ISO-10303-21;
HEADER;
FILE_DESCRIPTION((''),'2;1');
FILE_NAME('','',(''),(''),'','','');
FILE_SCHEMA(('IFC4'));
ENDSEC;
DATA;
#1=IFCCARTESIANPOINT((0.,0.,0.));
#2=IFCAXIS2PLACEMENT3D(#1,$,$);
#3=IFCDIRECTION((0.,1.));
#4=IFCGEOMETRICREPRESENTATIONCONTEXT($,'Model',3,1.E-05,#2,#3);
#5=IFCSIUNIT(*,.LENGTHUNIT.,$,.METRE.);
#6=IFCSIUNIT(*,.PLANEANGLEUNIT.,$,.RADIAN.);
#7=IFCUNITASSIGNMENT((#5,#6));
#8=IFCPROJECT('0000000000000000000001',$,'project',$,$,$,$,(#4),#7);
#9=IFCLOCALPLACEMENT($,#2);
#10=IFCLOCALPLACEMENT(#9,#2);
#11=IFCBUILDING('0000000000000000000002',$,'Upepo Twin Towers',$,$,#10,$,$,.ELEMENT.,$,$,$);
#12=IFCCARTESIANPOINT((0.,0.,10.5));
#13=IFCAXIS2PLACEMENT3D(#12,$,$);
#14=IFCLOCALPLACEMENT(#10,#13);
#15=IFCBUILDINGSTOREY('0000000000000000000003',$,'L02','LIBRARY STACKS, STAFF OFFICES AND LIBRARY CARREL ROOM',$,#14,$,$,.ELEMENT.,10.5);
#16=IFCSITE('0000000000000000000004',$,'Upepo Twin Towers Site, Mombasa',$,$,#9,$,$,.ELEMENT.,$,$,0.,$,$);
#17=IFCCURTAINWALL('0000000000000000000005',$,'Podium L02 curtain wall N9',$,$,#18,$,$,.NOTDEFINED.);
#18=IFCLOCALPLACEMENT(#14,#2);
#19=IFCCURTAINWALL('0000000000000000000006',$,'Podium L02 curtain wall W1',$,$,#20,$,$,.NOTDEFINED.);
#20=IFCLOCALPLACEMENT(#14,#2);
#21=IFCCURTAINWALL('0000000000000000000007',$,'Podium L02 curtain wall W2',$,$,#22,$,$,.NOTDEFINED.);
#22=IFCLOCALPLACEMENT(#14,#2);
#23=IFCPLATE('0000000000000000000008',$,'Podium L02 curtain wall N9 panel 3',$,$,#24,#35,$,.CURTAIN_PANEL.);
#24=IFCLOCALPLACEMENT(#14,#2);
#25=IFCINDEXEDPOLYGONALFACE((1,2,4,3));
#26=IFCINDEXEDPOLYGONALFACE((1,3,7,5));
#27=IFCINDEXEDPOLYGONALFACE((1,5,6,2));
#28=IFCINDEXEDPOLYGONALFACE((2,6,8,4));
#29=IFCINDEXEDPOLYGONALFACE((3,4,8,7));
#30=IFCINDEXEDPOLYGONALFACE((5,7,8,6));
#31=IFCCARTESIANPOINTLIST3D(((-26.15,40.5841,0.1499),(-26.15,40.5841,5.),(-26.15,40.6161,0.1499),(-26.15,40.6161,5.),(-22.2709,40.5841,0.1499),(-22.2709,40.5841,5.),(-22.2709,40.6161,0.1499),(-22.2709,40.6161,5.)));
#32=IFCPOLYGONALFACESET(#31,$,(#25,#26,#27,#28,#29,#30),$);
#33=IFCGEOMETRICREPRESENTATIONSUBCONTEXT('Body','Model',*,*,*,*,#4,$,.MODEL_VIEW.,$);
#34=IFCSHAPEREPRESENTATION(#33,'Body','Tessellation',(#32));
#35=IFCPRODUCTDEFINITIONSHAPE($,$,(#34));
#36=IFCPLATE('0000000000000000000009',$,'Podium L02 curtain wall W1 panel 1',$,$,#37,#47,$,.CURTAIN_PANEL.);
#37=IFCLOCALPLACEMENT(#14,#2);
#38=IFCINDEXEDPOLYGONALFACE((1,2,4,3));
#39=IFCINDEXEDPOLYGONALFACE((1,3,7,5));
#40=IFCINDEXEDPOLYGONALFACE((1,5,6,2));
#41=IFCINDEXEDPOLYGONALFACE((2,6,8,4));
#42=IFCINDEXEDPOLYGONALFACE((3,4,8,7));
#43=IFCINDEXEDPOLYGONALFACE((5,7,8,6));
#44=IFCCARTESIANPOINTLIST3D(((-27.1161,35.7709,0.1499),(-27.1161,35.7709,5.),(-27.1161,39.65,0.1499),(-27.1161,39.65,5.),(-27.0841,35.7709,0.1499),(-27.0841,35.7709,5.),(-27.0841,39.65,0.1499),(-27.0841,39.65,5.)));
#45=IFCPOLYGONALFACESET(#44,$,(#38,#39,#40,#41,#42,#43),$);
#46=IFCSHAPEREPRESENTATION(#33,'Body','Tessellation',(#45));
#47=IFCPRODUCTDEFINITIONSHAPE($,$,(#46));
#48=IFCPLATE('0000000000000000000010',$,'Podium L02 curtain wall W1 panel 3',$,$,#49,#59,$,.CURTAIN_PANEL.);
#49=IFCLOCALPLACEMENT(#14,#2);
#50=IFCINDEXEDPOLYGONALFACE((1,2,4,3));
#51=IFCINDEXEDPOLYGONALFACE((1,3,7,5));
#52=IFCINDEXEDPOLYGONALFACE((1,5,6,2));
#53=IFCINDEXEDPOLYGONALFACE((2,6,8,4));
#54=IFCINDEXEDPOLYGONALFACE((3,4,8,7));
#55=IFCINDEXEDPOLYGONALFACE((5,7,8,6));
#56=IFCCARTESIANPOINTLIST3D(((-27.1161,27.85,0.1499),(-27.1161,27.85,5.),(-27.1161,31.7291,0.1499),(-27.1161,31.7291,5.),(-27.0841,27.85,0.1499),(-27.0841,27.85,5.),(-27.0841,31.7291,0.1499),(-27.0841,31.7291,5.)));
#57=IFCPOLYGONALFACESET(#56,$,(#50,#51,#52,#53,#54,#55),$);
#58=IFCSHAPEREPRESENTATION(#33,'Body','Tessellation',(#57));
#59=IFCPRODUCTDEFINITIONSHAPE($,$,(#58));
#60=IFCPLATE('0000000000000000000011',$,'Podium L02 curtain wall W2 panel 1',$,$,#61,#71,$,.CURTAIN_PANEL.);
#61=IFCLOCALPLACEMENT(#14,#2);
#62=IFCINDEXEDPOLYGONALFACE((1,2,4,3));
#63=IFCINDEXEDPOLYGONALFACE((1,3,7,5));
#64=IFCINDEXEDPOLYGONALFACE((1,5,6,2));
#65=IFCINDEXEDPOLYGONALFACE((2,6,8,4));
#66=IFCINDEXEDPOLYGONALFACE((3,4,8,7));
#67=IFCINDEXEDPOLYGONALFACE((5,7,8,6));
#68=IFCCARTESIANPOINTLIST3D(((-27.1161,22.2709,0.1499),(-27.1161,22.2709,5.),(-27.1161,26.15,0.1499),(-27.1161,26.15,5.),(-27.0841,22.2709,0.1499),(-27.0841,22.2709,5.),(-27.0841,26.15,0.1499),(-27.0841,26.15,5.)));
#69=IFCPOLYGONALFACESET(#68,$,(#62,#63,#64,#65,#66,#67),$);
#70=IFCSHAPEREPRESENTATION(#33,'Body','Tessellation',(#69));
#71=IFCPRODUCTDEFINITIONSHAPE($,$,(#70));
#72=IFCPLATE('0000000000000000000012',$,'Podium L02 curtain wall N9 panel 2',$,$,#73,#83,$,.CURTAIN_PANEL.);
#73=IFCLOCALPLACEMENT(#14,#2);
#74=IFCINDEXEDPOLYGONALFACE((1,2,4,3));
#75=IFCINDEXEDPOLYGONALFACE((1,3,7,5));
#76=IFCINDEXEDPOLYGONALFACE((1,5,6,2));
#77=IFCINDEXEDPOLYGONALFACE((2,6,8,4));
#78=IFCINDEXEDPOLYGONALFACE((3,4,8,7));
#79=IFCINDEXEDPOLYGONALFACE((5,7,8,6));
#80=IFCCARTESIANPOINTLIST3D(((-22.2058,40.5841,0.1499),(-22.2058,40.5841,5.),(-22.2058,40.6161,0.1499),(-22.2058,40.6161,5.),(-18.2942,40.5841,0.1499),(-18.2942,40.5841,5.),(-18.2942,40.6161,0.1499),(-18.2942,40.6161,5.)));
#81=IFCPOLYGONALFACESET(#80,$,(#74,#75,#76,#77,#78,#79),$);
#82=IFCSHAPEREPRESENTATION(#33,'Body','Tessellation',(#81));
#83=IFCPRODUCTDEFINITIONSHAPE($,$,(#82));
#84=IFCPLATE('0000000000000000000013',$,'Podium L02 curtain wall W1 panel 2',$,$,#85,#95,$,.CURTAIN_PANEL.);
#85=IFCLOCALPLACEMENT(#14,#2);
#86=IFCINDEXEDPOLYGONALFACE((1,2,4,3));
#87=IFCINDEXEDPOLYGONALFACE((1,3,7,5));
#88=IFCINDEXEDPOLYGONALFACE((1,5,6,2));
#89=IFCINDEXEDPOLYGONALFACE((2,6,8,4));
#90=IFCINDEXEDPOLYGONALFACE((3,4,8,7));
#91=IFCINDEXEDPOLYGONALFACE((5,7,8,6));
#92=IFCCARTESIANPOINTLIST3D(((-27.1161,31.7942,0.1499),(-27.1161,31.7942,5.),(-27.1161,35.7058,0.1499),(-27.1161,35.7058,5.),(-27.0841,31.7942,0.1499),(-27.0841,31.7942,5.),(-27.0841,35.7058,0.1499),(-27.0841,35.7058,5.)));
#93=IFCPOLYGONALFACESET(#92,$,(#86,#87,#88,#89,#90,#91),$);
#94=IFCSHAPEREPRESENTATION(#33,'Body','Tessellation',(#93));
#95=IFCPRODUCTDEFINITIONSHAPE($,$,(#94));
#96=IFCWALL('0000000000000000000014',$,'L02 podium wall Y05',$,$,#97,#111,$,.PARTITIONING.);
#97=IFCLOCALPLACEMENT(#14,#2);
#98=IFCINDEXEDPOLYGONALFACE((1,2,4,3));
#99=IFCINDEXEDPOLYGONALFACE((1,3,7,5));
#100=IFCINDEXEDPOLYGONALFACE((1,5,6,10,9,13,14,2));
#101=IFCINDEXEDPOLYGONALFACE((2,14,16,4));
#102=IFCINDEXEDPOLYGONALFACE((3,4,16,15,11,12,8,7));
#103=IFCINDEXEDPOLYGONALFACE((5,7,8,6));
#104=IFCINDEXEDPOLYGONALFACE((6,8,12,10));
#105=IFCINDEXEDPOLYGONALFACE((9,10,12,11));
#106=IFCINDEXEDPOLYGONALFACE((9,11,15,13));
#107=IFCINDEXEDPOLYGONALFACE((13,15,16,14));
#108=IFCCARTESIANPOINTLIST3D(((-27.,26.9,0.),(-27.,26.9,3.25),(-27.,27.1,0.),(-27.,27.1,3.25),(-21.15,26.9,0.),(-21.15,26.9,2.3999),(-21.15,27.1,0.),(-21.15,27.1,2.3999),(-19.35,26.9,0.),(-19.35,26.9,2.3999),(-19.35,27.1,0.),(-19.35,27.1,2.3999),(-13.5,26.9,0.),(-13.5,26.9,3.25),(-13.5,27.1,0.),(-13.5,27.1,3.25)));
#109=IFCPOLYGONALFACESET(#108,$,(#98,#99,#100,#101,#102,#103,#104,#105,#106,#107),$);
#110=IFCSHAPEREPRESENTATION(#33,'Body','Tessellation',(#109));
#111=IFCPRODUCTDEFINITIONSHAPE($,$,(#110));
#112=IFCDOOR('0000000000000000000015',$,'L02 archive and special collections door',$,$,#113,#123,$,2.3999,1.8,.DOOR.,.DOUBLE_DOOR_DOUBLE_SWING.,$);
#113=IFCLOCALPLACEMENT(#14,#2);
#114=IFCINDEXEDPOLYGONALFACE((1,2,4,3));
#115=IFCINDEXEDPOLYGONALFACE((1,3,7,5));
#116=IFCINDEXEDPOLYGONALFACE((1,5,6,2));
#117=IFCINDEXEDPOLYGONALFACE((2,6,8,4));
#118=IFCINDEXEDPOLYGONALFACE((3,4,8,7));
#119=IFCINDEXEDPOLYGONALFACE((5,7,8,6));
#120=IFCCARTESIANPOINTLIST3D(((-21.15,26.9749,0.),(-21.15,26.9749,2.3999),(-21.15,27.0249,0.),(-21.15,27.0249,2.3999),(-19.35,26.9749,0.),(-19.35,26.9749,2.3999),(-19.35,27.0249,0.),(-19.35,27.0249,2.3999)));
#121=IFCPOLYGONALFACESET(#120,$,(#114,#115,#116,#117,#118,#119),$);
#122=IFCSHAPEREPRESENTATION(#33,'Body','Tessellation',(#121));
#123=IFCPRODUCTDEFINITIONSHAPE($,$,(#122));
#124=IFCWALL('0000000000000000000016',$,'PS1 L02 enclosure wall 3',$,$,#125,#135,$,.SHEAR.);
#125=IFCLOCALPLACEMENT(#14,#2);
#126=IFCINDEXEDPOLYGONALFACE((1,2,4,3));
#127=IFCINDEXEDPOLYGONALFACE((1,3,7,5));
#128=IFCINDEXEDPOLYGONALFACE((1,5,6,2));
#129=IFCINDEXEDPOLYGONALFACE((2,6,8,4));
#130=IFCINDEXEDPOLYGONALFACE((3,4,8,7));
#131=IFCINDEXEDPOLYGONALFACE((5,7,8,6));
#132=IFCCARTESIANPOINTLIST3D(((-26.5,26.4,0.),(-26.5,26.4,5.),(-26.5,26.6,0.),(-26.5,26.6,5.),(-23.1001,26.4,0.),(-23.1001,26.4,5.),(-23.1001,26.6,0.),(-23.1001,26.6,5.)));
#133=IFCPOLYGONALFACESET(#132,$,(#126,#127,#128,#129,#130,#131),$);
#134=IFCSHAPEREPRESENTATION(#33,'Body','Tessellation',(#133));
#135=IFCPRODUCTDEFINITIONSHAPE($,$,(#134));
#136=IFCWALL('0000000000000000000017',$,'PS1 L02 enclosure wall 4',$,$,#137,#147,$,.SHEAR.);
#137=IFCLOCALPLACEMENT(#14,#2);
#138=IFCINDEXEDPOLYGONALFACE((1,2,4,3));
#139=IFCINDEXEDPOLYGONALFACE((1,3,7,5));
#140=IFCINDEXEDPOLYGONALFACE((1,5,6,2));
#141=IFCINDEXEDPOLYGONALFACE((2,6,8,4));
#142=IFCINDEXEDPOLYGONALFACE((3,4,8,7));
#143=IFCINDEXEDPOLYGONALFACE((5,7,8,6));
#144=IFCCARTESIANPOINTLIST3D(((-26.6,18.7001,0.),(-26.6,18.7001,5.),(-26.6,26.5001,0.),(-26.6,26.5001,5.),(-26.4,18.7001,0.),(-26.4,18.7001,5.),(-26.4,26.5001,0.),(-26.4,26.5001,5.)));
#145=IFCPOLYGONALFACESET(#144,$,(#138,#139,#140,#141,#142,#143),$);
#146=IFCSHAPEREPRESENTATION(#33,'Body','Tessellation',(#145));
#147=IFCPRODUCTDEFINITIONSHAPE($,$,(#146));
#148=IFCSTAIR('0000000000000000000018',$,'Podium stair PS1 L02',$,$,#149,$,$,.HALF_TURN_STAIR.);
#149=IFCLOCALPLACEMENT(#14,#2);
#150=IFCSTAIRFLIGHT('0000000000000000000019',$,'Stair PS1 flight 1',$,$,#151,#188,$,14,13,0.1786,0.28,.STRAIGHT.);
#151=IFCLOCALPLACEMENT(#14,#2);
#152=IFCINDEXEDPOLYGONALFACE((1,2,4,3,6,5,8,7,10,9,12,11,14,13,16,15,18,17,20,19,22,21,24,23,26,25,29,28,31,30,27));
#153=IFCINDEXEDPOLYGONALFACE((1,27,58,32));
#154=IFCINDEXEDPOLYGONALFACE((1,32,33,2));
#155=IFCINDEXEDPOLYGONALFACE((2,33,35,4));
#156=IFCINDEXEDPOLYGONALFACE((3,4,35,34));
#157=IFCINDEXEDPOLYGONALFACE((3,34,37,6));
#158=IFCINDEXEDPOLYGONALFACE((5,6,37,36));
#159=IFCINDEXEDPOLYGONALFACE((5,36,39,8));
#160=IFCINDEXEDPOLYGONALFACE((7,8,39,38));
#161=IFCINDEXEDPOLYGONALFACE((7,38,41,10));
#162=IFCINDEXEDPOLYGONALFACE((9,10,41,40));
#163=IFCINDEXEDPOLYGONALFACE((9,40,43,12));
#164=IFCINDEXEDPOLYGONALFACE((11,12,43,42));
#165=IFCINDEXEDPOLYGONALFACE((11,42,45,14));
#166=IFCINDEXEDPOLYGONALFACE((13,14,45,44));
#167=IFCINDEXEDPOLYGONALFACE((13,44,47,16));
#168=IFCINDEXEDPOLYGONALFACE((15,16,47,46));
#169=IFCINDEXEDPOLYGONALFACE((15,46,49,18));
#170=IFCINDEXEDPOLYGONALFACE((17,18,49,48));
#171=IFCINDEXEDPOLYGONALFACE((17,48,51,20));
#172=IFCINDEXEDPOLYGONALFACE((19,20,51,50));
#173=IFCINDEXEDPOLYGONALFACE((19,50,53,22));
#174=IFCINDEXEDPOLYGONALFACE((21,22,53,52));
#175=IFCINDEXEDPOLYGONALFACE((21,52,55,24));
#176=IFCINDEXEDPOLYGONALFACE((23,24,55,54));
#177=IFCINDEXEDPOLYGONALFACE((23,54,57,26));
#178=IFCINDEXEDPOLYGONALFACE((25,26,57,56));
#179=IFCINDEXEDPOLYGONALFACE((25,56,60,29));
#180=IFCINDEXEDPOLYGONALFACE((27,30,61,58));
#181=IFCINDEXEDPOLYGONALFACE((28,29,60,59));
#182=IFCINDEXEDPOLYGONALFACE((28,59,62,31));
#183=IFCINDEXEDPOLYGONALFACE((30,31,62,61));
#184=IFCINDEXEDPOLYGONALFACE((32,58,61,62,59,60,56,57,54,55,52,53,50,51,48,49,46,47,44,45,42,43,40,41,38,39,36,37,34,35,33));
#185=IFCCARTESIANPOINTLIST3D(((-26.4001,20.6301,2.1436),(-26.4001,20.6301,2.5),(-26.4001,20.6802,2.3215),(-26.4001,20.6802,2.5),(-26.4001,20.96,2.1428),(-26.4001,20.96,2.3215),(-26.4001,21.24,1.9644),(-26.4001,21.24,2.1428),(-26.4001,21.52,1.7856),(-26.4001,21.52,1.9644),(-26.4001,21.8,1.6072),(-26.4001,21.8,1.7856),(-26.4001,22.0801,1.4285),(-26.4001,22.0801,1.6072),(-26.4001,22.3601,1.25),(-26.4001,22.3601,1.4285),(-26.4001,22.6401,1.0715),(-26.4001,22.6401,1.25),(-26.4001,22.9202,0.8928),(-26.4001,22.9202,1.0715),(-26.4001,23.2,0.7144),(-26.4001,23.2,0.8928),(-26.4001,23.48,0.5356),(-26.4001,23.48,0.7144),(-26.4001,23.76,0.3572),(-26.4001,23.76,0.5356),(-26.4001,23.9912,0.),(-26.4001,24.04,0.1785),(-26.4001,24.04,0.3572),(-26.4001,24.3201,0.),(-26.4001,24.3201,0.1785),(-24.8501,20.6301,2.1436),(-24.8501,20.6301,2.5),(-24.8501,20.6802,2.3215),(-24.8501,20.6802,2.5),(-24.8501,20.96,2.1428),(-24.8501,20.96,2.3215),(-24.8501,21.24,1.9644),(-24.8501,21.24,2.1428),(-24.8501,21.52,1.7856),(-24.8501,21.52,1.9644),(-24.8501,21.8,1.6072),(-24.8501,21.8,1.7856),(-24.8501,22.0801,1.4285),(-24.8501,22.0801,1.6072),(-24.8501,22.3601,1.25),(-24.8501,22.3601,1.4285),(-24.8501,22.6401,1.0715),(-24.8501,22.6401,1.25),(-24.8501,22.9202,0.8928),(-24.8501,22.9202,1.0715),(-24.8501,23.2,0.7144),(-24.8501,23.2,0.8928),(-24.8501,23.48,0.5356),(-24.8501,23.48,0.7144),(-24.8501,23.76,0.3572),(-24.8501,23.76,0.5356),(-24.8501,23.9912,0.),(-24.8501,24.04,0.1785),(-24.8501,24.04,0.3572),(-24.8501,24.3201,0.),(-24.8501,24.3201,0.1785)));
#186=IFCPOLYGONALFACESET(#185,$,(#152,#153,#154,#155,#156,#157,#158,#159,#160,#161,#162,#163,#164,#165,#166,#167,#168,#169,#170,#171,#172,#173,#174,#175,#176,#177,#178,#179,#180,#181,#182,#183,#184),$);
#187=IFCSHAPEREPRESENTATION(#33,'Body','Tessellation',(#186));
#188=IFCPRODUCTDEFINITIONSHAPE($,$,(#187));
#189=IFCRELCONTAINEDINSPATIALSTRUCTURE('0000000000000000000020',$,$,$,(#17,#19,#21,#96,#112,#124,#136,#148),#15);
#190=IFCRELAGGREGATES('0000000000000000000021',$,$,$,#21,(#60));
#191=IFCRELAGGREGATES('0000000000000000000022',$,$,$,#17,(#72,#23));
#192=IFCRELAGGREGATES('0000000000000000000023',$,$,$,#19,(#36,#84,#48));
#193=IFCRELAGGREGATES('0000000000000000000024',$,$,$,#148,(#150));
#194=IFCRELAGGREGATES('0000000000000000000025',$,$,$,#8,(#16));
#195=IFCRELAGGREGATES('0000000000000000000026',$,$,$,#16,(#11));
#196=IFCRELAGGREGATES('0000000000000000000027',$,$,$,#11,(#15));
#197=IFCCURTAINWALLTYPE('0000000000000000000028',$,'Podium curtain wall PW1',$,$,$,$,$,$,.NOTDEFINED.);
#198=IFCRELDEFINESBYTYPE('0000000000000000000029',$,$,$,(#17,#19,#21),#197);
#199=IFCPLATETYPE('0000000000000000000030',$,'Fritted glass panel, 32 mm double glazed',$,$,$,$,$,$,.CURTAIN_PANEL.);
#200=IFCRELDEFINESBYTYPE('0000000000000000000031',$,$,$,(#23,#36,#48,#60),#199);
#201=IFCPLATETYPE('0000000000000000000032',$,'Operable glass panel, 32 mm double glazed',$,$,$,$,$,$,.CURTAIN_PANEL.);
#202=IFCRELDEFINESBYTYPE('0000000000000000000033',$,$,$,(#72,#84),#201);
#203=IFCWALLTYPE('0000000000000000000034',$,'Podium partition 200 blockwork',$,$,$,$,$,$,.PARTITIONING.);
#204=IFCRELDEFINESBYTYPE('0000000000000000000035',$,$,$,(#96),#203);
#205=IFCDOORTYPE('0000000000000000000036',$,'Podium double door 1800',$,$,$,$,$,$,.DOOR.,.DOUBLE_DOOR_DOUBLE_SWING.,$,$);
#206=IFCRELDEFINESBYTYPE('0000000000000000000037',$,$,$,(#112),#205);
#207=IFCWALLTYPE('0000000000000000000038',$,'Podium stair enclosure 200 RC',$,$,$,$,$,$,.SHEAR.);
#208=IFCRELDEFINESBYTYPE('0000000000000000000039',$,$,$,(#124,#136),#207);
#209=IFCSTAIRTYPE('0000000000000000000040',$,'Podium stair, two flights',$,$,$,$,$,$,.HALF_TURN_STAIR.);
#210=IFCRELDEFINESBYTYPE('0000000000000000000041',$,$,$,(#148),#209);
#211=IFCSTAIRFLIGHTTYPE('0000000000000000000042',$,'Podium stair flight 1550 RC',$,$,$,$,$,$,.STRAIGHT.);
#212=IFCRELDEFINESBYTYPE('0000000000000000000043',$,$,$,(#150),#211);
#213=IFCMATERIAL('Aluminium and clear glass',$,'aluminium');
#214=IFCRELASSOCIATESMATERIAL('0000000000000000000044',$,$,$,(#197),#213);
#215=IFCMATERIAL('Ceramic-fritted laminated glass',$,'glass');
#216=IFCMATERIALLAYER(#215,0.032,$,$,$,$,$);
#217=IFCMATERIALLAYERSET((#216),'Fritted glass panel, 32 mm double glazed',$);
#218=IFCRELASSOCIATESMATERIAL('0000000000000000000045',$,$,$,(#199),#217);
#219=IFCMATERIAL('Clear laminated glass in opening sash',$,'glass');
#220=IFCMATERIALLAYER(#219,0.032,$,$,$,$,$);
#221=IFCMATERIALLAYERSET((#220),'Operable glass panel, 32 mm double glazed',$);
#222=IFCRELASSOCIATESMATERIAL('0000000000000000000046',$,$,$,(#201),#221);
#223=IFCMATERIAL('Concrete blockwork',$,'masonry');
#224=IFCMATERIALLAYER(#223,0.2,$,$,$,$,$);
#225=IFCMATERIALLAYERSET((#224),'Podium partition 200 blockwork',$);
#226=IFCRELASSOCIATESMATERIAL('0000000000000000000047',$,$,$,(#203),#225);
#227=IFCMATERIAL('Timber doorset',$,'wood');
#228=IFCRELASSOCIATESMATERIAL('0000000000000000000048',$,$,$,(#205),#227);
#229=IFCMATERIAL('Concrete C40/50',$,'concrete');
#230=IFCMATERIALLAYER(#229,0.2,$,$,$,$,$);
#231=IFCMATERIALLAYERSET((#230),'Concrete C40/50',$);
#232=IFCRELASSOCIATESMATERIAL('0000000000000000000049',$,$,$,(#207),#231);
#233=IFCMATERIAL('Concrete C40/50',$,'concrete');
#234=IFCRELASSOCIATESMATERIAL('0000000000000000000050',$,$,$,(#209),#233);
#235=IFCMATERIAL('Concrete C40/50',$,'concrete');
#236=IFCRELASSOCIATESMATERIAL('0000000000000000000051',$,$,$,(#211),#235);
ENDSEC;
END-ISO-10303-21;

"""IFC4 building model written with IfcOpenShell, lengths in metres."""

from ifc_helpers import new_model, si_unit, direction, frame, frame_2d, origin, origin_2d, place, context, subcontext, project, spatial, polyline, rectangle, outline, extrude, material, layer, layer_set, type_object, element, fill, aggregate, save


model = new_model("IFC4")

# Units and contexts
model_context = context("Model", 3, precision=1e-05, world=origin(), true_north=direction((0.0, 1.0)))
body_context = subcontext(model_context, "Body", "Model", "MODEL_VIEW")
ifc_project = project(units=[si_unit("LENGTHUNIT", "METRE"), si_unit("PLANEANGLEUNIT", "RADIAN")], contexts=[model_context])

# Site, building, storey
site_placement = place(None, origin())
site = spatial("IfcSite", under=ifc_project, at=site_placement, Name="Upepo Twin Towers Site, Mombasa", CompositionType="ELEMENT", RefElevation=0.0)
building_placement = place(site_placement, origin())
building = spatial("IfcBuilding", under=site, at=building_placement, Name="Upepo Twin Towers", CompositionType="ELEMENT")
storey_placement = place(building_placement, frame((0.0, 0.0, 10.5)))
storey = spatial("IfcBuildingStorey", under=building, at=storey_placement, Name="L02", Description="LIBRARY STACKS, STAFF OFFICES AND LIBRARY CARREL ROOM", CompositionType="ELEMENT", Elevation=10.5)

# Curtain walls
ifc_material_1 = material(Name="Aluminium and clear glass", Category="aluminium")
curtain_wall_type = type_object("IfcCurtainWallType", Name="Podium curtain wall PW1", PredefinedType="NOTDEFINED", material=ifc_material_1)
curtain_wall_1_placement = place(storey_placement, origin())
curtain_wall_1 = element("IfcCurtainWall", 1, at=curtain_wall_1_placement, inside=storey, type_object=curtain_wall_type, Name="Podium L02 curtain wall N9", PredefinedType="NOTDEFINED")
curtain_wall_2_placement = place(storey_placement, origin())
curtain_wall_2 = element("IfcCurtainWall", 2, at=curtain_wall_2_placement, inside=storey, type_object=curtain_wall_type, Name="Podium L02 curtain wall W1", PredefinedType="NOTDEFINED")

# Curtain wall
curtain_wall_3_placement = place(storey_placement, origin())
curtain_wall_3 = element("IfcCurtainWall", 3, at=curtain_wall_3_placement, inside=storey, type_object=curtain_wall_type, Name="Podium L02 curtain wall W2", PredefinedType="NOTDEFINED")

# Plates
ifc_material_2 = material(Name="Ceramic-fritted laminated glass", Category="glass")
ifc_layer_1 = layer(ifc_material_2, 0.032)
ifc_layer_set_1 = layer_set([ifc_layer_1], Name="Fritted glass panel, 32 mm double glazed")
plate_type_1 = type_object("IfcPlateType", Name="Fritted glass panel, 32 mm double glazed", PredefinedType="CURTAIN_PANEL", material=ifc_layer_set_1)
plate_1_placement = place(storey_placement, frame((-24.2104, 40.6001, 0.1499), z_axis=(0.0, 0.0, 1.0), x_axis=(-1.0, 0.0, 0.0)))
plate_1 = element("IfcPlate", 4, at=plate_1_placement, type_object=plate_type_1, Name="Podium L02 curtain wall N9 panel 3", PredefinedType="CURTAIN_PANEL", context=body_context, shape_type="SweptSolid", body=[
    extrude(rectangle(XDim=3.8792, YDim=0.032, at=origin_2d()), origin(), (0.0, 0.0, 1.0), 4.8501),
])
plate_2_placement = place(storey_placement, frame((-27.1001, 37.7104, 0.1499), z_axis=(0.0, 0.0, 1.0), x_axis=(0.0, -1.0, 0.0)))
plate_2 = element("IfcPlate", 5, at=plate_2_placement, type_object=plate_type_1, Name="Podium L02 curtain wall W1 panel 1", PredefinedType="CURTAIN_PANEL", context=body_context, shape_type="SweptSolid", body=[
    extrude(rectangle(XDim=3.8792, YDim=0.032, at=origin_2d()), origin(), (0.0, 0.0, 1.0), 4.8501),
])
plate_3_placement = place(storey_placement, frame((-27.1001, 29.7896, 0.1499), z_axis=(0.0, 0.0, 1.0), x_axis=(0.0, -1.0, 0.0)))
plate_3 = element("IfcPlate", 6, at=plate_3_placement, type_object=plate_type_1, Name="Podium L02 curtain wall W1 panel 3", PredefinedType="CURTAIN_PANEL", context=body_context, shape_type="SweptSolid", body=[
    extrude(rectangle(XDim=3.8792, YDim=0.032, at=origin_2d()), origin(), (0.0, 0.0, 1.0), 4.8501),
])
plate_4_placement = place(storey_placement, frame((-27.1001, 24.2104, 0.1499), z_axis=(0.0, 0.0, 1.0), x_axis=(0.0, -1.0, 0.0)))
plate_4 = element("IfcPlate", 7, at=plate_4_placement, type_object=plate_type_1, Name="Podium L02 curtain wall W2 panel 1", PredefinedType="CURTAIN_PANEL", context=body_context, shape_type="SweptSolid", body=[
    extrude(rectangle(XDim=3.8792, YDim=0.032, at=origin_2d()), origin(), (0.0, 0.0, 1.0), 4.8501),
])
aggregate(curtain_wall_3, [plate_4])
ifc_material_3 = material(Name="Clear laminated glass in opening sash", Category="glass")
ifc_layer_2 = layer(ifc_material_3, 0.032)
ifc_layer_set_2 = layer_set([ifc_layer_2], Name="Operable glass panel, 32 mm double glazed")
plate_type_2 = type_object("IfcPlateType", Name="Operable glass panel, 32 mm double glazed", PredefinedType="CURTAIN_PANEL", material=ifc_layer_set_2)
plate_5_placement = place(storey_placement, frame((-20.25, 40.6001, 0.1499), z_axis=(0.0, 0.0, 1.0), x_axis=(-1.0, 0.0, 0.0)))
plate_5 = element("IfcPlate", 8, at=plate_5_placement, type_object=plate_type_2, Name="Podium L02 curtain wall N9 panel 2", PredefinedType="CURTAIN_PANEL", context=body_context, shape_type="SweptSolid", body=[
    extrude(rectangle(XDim=3.9116, YDim=0.032, at=origin_2d()), origin(), (0.0, 0.0, 1.0), 4.8501),
])
aggregate(curtain_wall_1, [plate_5, plate_1])
plate_6_placement = place(storey_placement, frame((-27.1001, 33.75, 0.1499), z_axis=(0.0, 0.0, 1.0), x_axis=(0.0, -1.0, 0.0)))
plate_6 = element("IfcPlate", 9, at=plate_6_placement, type_object=plate_type_2, Name="Podium L02 curtain wall W1 panel 2", PredefinedType="CURTAIN_PANEL", context=body_context, shape_type="SweptSolid", body=[
    extrude(rectangle(XDim=3.9116, YDim=0.032, at=origin_2d()), origin(), (0.0, 0.0, 1.0), 4.8501),
])
aggregate(curtain_wall_2, [plate_2, plate_6, plate_3])

# Wall, opening, door
ifc_material_4 = material(Name="Concrete blockwork", Category="masonry")
ifc_layer_3 = layer(ifc_material_4, 0.2)
ifc_layer_set_3 = layer_set([ifc_layer_3], Name="Podium partition 200 blockwork")
wall_type_1 = type_object("IfcWallType", Name="Podium partition 200 blockwork", PredefinedType="PARTITIONING", material=ifc_layer_set_3)
wall_1_placement = place(storey_placement, frame((-27.0, 27.0, 0.0), z_axis=(0.0, 0.0, 1.0), x_axis=(1.0, 0.0, 0.0)))
wall_1 = element("IfcWall", 10, at=wall_1_placement, inside=storey, type_object=wall_type_1, Name="L02 podium wall Y05", PredefinedType="PARTITIONING", context=body_context, shape_type="SweptSolid", body=[
    extrude(rectangle(XDim=13.5, YDim=0.2, at=frame_2d((6.75, 0.0))), origin(), (0.0, 0.0, 1.0), 3.25),
])
opening_placement = place(wall_1_placement, frame((5.8501, 0.0, 0.0)))
opening = element("IfcOpeningElement", 11, at=opening_placement, cuts=wall_1, PredefinedType="OPENING", context=body_context, shape_type="SweptSolid", body=[
    extrude(rectangle(XDim=1.8, YDim=2.3999, at=frame_2d((0.8999, 1.2))), frame((0.0, 0.1099, 0.0), z_axis=(0.0, -1.0, 0.0), x_axis=(1.0, 0.0, 0.0)), (0.0, 0.0, 1.0), 0.22),
])
ifc_material_5 = material(Name="Timber doorset", Category="wood")
door_type = type_object("IfcDoorType", Name="Podium double door 1800", OperationType="DOUBLE_DOOR_DOUBLE_SWING", PredefinedType="DOOR", material=ifc_material_5)
door_placement = place(opening_placement, origin())
door = element("IfcDoor", 12, at=door_placement, inside=storey, type_object=door_type, Name="L02 archive and special collections door", OperationType="DOUBLE_DOOR_DOUBLE_SWING", OverallHeight=2.3999, OverallWidth=1.8, PredefinedType="DOOR", context=body_context, shape_type="SweptSolid", body=[
    extrude(rectangle(XDim=1.8, YDim=2.3999, at=frame_2d((0.8999, 1.2))), frame((0.0, 0.0249, 0.0), z_axis=(0.0, -1.0, 0.0), x_axis=(1.0, 0.0, 0.0)), (0.0, 0.0, 1.0), 0.05),
])
fill(opening, door)

# Walls
ifc_material_6 = material(Name="Concrete C40/50", Category="concrete")
ifc_layer_4 = layer(ifc_material_6, 0.2)
ifc_layer_set_4 = layer_set([ifc_layer_4], Name="Concrete C40/50")
wall_type_2 = type_object("IfcWallType", Name="Podium stair enclosure 200 RC", PredefinedType="SHEAR", material=ifc_layer_set_4)
wall_2_placement = place(storey_placement, frame((-23.1001, 26.5, 0.0), z_axis=(0.0, 0.0, 1.0), x_axis=(-1.0, 0.0, 0.0)))
element("IfcWall", 13, at=wall_2_placement, inside=storey, type_object=wall_type_2, Name="PS1 L02 enclosure wall 3", PredefinedType="SHEAR", context=body_context, shape_type="SweptSolid", body=[
    extrude(rectangle(XDim=3.3999, YDim=0.2, at=frame_2d((1.7, 0.0))), origin(), (0.0, 0.0, 1.0), 5.0),
])
wall_3_placement = place(storey_placement, frame((-26.5, 26.5, 0.0), z_axis=(0.0, 0.0, 1.0), x_axis=(0.0, -1.0, 0.0)))
element("IfcWall", 14, at=wall_3_placement, inside=storey, type_object=wall_type_2, Name="PS1 L02 enclosure wall 4", PredefinedType="SHEAR", context=body_context, shape_type="SweptSolid", body=[
    extrude(rectangle(XDim=7.8, YDim=0.2, at=frame_2d((3.8999, 0.0))), origin(), (0.0, 0.0, 1.0), 5.0),
])

# Stair, stair flight
ifc_material_7 = material(Name="Concrete C40/50", Category="concrete")
stair_type = type_object("IfcStairType", Name="Podium stair, two flights", PredefinedType="HALF_TURN_STAIR", material=ifc_material_7)
stair_placement = place(storey_placement, origin())
stair = element("IfcStair", 15, at=stair_placement, inside=storey, type_object=stair_type, Name="Podium stair PS1 L02", PredefinedType="HALF_TURN_STAIR")
ifc_material_8 = material(Name="Concrete C40/50", Category="concrete")
stair_flight_type = type_object("IfcStairFlightType", Name="Podium stair flight 1550 RC", PredefinedType="STRAIGHT", material=ifc_material_8)
stair_flight_placement = place(storey_placement, frame((-25.625, 24.3201, 0.0), z_axis=(0.0, 0.0, 1.0), x_axis=(0.0, -1.0, 0.0)))
stair_flight = element("IfcStairFlight", 16, at=stair_flight_placement, type_object=stair_flight_type, Name="Stair PS1 flight 1", NumberOfRisers=14, NumberOfTreads=13, PredefinedType="STRAIGHT", RiserHeight=0.1786, TreadLength=0.28, context=body_context, shape_type="SweptSolid", body=[
    extrude(outline(polyline([(0.0, 0.0), (0.0, 0.1785), (0.28, 0.1785), (0.28, 0.3572), (0.5601, 0.3572), (0.5601, 0.5356), (0.8401, 0.5356), (0.8401, 0.7144), (1.1201, 0.7144), (1.1201, 0.8928), (1.3999, 0.8928), (1.3999, 1.0715), (1.6799, 1.0715), (1.6799, 1.25), (1.96, 1.25), (1.96, 1.4285), (2.24, 1.4285), (2.24, 1.6072), (2.52, 1.6072), (2.52, 1.7856), (2.8, 1.7856), (2.8, 1.9644), (3.0801, 1.9644), (3.0801, 2.1428), (3.3601, 2.1428), (3.3601, 2.3215), (3.6399, 2.3215), (3.6399, 2.5), (3.6899, 2.5), (3.6899, 2.1436), (0.3289, 0.0), (0.0, 0.0)])), frame((0.0, 0.7749, 0.0), z_axis=(0.0, -1.0, 0.0), x_axis=(1.0, 0.0, 0.0)), (0.0, 0.0, 1.0), 1.55),
])
aggregate(stair, [stair_flight])

save(model, "model.ifc")
